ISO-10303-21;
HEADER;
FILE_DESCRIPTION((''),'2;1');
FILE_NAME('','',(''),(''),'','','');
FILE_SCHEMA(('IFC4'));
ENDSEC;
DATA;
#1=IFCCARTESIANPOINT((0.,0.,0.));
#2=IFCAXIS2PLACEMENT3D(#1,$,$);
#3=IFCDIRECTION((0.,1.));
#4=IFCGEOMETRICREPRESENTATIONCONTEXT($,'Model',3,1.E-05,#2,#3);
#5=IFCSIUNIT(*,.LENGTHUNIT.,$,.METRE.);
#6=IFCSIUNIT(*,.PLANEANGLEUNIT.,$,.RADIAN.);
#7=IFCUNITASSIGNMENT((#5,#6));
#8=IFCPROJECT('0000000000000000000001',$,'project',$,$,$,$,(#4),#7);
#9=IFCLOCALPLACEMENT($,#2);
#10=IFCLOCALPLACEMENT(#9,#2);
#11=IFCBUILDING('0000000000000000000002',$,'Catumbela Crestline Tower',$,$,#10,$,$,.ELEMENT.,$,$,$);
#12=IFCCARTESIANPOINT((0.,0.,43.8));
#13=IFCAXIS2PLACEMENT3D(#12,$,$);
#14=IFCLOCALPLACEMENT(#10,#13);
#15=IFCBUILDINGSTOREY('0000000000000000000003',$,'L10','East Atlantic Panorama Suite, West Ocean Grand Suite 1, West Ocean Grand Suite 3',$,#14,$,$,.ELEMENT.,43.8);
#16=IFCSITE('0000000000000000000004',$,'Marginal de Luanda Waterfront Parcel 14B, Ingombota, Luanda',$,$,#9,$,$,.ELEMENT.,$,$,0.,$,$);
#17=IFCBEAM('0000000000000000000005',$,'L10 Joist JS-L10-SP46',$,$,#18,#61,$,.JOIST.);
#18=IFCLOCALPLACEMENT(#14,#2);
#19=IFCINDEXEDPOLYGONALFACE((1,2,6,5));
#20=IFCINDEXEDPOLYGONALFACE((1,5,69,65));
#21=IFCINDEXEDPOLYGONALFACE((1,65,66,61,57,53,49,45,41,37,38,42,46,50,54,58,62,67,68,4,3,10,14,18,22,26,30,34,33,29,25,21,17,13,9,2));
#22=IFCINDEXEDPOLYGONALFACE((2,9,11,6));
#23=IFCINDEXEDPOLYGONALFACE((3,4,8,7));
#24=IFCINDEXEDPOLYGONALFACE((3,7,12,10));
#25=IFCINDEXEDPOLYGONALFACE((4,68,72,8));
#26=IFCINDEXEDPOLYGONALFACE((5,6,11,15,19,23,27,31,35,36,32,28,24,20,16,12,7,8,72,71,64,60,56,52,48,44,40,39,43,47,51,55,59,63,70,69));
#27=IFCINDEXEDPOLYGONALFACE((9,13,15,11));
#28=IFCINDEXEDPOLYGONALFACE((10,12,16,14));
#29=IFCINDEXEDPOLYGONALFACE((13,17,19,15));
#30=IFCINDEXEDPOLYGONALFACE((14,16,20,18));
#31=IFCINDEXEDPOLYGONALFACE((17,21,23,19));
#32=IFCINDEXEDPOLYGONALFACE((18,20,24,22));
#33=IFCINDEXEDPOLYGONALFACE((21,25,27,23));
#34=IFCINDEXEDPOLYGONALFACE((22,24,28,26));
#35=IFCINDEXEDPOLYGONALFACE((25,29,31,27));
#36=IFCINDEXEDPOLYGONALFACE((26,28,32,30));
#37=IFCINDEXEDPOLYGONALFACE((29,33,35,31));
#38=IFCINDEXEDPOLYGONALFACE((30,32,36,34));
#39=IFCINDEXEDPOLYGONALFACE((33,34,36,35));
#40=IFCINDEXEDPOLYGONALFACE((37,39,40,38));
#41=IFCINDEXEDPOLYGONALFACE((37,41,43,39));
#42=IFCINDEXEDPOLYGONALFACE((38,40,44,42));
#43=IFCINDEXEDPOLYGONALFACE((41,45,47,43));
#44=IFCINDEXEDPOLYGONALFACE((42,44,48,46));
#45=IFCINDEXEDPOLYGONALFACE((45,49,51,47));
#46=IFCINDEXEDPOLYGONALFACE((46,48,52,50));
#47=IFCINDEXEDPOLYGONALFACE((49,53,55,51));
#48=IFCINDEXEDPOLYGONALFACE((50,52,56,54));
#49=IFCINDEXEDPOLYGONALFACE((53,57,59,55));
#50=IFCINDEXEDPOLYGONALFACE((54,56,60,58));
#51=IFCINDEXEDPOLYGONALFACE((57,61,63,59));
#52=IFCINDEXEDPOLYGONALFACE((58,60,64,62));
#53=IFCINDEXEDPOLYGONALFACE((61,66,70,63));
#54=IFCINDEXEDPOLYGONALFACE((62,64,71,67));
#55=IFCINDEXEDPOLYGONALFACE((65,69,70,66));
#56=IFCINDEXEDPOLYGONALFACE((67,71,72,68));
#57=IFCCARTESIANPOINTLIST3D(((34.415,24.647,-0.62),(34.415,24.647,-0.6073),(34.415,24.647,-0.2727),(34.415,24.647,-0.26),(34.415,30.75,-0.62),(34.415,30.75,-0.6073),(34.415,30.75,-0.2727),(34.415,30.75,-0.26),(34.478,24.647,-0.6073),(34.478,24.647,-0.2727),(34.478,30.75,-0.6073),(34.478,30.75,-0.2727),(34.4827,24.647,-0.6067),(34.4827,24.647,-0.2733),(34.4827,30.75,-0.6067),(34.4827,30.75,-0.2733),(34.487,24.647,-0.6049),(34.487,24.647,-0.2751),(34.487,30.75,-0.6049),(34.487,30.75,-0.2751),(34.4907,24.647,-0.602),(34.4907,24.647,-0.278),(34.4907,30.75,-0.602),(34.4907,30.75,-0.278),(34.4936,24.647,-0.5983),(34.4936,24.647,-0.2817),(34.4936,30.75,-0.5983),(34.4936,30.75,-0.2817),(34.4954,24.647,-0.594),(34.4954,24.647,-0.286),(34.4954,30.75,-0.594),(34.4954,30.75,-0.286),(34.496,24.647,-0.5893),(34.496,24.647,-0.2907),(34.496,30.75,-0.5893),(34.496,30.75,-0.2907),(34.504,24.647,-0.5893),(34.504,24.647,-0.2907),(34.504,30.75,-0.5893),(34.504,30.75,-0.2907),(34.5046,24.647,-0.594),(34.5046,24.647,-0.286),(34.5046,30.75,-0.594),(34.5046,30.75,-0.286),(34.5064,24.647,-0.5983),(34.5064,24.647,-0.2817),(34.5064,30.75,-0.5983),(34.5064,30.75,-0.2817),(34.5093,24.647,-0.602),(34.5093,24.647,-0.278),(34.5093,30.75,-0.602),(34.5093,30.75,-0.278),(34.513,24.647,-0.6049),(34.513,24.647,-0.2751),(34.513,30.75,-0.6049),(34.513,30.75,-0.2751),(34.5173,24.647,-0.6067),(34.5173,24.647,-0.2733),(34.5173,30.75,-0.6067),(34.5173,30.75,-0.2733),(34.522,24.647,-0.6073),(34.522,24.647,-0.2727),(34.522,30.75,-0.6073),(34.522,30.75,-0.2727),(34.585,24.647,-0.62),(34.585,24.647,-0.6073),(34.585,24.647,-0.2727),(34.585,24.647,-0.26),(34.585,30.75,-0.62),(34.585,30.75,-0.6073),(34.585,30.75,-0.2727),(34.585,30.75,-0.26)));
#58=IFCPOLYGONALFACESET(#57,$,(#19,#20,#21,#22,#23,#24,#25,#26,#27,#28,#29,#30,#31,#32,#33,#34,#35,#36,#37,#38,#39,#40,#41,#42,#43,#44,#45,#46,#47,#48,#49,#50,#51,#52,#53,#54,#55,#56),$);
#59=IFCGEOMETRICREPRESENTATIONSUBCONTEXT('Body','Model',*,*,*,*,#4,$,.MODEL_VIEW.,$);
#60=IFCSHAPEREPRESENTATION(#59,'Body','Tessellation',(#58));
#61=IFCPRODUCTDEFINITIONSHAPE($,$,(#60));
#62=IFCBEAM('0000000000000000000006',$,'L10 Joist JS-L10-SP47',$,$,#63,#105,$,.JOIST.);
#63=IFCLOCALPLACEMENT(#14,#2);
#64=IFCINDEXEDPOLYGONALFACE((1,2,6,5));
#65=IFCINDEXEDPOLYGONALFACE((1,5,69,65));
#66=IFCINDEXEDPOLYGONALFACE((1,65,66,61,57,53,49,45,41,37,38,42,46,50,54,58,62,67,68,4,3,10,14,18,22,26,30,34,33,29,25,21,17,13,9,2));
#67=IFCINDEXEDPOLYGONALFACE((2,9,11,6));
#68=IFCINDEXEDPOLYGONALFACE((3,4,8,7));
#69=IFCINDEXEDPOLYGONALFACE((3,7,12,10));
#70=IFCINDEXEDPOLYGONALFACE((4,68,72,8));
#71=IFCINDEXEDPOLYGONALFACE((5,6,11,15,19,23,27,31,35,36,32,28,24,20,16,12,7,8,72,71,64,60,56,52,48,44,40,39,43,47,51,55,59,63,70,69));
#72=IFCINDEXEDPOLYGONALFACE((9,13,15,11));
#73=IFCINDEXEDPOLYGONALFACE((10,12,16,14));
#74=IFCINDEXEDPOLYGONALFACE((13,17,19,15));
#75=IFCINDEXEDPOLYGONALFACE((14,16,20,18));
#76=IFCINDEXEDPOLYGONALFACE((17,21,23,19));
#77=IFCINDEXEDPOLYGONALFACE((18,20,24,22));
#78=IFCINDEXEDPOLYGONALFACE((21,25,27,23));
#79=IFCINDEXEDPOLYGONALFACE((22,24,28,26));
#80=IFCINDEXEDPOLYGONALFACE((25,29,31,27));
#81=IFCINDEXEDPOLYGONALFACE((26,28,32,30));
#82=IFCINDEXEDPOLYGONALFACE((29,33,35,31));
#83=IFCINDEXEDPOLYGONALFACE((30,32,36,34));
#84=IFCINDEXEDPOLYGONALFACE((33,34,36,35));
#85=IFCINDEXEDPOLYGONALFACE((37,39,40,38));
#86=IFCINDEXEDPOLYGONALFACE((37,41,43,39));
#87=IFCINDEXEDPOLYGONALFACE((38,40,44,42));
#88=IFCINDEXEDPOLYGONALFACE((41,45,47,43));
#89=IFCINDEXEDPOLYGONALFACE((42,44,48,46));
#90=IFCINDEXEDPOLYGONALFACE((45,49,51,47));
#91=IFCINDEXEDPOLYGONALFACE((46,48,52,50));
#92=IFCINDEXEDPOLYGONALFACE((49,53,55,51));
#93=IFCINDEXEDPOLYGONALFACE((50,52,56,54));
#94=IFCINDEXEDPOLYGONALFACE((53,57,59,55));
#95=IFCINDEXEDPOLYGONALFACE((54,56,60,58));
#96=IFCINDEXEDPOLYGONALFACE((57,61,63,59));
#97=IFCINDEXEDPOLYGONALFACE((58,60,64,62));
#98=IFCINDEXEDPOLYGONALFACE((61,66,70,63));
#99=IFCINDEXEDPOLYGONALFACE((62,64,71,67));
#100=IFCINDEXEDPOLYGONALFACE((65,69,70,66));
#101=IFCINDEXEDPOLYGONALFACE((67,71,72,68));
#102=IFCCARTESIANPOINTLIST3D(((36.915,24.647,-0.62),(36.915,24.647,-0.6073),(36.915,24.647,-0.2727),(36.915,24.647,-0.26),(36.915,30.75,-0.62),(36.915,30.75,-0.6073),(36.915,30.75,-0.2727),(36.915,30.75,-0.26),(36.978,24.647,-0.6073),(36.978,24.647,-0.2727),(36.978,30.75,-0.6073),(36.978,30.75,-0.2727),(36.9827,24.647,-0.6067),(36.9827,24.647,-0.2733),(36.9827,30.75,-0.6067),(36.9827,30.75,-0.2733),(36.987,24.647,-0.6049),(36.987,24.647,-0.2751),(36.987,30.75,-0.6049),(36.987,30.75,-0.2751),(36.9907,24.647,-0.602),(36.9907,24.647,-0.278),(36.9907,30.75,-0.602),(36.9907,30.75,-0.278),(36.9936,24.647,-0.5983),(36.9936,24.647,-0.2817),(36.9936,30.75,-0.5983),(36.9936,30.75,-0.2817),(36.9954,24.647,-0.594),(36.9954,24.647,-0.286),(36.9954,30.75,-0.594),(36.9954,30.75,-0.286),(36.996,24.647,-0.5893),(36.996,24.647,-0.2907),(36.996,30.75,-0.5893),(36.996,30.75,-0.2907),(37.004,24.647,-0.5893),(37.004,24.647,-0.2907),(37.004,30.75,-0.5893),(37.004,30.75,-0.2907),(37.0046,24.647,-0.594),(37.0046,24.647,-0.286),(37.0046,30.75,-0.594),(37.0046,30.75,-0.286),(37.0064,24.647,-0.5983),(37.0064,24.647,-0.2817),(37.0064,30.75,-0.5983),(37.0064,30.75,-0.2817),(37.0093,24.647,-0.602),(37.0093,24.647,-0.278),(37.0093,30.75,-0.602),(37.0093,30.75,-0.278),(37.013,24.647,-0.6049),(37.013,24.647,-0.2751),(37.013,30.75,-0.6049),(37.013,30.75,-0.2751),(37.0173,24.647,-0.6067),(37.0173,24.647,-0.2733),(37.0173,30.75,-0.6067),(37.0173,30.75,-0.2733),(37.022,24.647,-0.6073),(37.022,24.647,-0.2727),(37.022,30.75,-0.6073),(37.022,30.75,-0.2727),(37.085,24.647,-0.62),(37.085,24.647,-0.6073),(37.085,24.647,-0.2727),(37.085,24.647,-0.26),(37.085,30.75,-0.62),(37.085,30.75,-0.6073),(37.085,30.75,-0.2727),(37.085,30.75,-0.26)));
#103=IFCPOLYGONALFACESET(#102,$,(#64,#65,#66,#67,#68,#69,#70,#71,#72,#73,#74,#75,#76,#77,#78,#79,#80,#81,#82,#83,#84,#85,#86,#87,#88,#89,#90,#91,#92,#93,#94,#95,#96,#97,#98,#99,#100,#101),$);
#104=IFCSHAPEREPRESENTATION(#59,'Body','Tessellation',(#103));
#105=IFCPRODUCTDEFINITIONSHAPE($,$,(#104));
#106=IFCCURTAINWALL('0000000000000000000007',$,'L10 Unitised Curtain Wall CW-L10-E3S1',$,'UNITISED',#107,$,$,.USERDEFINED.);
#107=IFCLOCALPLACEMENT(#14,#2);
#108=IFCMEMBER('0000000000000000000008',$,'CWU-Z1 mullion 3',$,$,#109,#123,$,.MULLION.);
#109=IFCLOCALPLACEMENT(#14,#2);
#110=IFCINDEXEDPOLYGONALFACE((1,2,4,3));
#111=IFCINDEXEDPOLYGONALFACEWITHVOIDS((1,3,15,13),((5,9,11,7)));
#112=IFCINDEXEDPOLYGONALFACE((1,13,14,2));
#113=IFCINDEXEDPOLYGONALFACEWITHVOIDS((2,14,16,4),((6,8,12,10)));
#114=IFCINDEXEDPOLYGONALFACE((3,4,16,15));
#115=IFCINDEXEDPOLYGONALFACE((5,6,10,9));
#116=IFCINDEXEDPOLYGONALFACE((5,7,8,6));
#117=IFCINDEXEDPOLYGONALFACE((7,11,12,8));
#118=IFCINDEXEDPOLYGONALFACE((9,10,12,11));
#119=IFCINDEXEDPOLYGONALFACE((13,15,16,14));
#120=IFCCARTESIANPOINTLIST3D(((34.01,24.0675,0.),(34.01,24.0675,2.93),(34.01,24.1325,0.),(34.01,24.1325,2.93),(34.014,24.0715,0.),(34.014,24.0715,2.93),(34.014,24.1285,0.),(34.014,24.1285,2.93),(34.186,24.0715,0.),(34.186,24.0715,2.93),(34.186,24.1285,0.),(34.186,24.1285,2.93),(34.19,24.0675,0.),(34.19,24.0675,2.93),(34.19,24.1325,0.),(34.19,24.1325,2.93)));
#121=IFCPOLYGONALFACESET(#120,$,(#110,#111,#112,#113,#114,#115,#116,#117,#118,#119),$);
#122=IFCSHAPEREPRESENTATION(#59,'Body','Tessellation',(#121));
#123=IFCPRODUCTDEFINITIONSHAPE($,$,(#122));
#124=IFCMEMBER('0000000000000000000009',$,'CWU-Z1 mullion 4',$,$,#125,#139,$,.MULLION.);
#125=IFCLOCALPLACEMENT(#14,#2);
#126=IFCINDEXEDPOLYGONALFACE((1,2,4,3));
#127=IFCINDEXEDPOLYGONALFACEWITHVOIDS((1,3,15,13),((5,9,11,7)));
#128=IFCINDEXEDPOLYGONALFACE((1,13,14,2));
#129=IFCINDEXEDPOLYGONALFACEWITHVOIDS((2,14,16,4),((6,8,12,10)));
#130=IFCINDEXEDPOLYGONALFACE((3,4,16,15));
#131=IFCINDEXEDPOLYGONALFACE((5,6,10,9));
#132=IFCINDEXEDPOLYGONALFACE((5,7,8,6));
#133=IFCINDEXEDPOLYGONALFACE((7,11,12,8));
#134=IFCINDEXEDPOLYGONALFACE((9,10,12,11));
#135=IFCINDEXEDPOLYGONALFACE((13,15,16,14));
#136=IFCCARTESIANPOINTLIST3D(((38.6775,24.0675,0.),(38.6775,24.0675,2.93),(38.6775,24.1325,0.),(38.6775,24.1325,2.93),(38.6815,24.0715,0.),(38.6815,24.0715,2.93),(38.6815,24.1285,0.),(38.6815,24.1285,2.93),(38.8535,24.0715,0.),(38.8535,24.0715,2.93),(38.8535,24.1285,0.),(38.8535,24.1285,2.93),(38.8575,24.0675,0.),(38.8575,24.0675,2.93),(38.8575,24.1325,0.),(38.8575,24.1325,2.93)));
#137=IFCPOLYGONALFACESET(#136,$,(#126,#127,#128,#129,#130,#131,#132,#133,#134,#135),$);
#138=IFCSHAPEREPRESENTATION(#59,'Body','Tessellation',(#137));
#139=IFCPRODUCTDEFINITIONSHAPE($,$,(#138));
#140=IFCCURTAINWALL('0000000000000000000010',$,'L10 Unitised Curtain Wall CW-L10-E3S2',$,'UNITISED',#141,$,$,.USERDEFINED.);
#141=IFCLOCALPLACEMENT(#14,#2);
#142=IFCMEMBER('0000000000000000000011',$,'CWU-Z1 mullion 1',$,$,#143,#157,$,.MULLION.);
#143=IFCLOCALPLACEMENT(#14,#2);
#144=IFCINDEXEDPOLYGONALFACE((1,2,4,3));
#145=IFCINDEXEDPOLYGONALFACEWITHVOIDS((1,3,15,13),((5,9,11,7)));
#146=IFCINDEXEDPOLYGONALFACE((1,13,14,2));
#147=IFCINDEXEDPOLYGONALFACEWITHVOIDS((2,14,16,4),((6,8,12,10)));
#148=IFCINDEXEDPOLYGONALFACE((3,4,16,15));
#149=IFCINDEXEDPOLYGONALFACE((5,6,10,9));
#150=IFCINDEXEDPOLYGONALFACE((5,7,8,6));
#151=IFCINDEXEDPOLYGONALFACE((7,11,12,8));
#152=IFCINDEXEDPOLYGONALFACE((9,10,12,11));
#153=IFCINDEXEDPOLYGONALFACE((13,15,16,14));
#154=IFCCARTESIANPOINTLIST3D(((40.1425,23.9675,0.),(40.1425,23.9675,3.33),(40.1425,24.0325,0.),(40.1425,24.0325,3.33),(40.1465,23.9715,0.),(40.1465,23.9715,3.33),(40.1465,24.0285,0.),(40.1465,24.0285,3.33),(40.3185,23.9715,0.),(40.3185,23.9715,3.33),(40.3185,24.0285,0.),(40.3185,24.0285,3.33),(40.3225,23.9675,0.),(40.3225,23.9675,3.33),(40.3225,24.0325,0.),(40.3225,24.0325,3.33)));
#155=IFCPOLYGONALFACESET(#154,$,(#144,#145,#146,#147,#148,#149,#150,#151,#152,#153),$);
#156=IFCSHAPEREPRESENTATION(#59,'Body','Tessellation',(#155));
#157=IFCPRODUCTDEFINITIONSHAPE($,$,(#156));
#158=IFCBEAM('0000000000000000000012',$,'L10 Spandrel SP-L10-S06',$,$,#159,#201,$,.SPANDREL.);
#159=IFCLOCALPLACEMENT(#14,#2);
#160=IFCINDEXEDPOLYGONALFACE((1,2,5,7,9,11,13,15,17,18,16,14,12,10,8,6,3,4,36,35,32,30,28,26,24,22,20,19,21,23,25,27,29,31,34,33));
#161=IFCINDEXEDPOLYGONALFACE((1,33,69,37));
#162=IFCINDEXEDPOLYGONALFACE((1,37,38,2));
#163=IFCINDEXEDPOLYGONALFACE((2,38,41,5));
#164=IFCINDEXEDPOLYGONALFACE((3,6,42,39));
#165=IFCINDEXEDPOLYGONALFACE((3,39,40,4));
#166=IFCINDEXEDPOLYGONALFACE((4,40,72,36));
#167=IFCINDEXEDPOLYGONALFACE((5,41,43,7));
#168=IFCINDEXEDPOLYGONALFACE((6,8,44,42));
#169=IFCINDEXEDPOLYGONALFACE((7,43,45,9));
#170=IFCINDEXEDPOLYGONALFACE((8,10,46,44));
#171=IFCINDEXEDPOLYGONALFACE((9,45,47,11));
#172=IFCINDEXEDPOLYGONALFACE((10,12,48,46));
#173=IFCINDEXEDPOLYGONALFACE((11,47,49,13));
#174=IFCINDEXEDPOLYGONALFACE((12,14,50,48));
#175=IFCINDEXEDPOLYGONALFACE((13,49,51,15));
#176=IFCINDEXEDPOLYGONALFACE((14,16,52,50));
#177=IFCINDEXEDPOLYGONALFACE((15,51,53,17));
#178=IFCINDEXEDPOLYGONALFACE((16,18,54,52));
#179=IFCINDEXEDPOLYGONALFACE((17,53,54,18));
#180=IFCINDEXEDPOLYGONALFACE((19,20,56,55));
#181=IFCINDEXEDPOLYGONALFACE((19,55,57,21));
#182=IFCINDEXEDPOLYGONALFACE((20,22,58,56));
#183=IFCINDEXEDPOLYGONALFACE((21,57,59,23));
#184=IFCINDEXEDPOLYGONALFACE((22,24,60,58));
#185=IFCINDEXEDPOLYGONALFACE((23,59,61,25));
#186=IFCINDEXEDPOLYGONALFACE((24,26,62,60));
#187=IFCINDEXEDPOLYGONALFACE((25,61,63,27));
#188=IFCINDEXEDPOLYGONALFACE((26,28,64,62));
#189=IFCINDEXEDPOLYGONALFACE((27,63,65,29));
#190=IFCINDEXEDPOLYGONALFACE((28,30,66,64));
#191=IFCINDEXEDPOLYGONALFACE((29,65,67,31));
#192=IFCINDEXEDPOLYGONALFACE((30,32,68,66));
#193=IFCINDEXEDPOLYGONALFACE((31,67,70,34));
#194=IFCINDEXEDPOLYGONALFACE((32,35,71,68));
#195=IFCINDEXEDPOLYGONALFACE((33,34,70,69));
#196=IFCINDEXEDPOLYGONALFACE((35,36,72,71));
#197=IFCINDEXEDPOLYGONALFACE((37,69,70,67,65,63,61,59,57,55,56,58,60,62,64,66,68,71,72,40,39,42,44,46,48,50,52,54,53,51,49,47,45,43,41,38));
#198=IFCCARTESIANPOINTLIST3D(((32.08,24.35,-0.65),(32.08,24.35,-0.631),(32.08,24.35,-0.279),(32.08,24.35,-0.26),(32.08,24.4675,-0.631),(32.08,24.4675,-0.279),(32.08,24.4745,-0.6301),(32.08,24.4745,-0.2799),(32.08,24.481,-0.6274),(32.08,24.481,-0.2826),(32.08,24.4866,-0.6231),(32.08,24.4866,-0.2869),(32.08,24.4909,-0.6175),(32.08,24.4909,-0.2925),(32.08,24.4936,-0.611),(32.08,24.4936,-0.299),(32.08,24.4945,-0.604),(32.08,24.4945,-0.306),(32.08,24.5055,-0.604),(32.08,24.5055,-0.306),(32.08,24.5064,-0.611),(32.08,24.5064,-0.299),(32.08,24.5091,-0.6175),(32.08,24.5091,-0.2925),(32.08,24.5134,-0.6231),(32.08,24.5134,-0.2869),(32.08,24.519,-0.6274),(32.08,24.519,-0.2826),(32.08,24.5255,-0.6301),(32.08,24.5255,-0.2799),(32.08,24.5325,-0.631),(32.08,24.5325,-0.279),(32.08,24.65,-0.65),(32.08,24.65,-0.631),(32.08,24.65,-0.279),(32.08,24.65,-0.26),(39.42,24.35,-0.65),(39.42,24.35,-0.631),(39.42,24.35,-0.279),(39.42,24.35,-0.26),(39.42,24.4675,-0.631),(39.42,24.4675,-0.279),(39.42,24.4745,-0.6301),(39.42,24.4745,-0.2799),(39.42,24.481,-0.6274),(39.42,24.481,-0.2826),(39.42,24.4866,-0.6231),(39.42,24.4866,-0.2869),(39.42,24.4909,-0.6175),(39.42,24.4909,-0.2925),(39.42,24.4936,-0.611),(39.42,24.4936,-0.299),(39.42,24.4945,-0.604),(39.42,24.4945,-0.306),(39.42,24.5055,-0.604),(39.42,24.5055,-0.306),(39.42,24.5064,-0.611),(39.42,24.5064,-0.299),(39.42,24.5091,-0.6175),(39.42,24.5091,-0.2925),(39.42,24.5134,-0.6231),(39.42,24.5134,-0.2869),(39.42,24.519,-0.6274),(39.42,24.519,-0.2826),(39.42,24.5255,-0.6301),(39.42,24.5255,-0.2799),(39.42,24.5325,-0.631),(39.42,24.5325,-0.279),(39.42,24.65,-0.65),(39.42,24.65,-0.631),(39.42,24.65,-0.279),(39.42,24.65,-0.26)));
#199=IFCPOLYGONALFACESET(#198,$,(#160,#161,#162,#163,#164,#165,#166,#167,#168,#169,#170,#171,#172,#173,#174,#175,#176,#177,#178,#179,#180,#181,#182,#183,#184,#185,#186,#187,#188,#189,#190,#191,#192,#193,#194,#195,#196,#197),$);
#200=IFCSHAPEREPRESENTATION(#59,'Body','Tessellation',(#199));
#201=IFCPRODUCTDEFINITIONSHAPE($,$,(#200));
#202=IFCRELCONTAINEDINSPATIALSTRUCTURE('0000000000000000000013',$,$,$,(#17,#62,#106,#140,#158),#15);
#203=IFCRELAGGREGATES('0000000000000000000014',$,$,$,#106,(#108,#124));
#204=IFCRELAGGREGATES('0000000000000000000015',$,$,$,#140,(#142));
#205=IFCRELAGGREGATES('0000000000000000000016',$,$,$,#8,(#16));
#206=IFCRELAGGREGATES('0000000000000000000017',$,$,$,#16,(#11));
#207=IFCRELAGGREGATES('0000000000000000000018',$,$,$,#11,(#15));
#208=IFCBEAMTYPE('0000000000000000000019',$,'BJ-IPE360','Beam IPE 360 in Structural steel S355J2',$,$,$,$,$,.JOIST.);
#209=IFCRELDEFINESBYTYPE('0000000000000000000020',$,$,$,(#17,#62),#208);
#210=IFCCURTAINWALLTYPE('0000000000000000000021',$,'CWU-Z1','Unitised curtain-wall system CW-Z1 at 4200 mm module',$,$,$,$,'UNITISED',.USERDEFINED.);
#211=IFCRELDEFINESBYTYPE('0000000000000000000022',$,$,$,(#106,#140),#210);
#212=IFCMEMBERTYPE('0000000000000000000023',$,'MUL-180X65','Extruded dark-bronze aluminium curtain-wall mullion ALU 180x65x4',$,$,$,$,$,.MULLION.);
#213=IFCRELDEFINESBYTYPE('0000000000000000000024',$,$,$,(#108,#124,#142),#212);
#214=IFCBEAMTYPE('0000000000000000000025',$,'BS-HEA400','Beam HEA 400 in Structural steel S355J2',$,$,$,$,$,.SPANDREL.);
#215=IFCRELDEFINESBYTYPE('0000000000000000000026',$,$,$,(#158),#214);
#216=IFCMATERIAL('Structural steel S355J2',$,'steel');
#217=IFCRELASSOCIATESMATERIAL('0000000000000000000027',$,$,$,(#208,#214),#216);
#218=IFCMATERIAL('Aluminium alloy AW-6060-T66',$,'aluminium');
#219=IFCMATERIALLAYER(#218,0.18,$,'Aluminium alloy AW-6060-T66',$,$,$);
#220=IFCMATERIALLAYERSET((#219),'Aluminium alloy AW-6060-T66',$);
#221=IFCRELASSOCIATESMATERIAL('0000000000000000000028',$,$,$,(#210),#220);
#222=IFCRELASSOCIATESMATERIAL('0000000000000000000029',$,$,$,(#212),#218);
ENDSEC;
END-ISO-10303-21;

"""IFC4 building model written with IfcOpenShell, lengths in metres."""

from ifc_helpers import new_model, si_unit, direction, frame, origin, origin_2d, place, context, subcontext, project, spatial, hollow_rectangle, i_section, extrude, material, layer, layer_set, material_profile, profile_set, type_object, element, aggregate, save


model = new_model("IFC4")

# Units and contexts
model_context = context("Model", 3, precision=1e-05, world=origin(), true_north=direction((0.0, 1.0)))
body_context = subcontext(model_context, "Body", "Model", "MODEL_VIEW")
ifc_project = project(units=[si_unit("LENGTHUNIT", "METRE"), si_unit("PLANEANGLEUNIT", "RADIAN")], contexts=[model_context])

# Site, building, storey
site_placement = place(None, origin())
site = spatial("IfcSite", under=ifc_project, at=site_placement, Name="Marginal de Luanda Waterfront Parcel 14B, Ingombota, Luanda", CompositionType="ELEMENT", RefElevation=0.0)
building_placement = place(site_placement, origin())
building = spatial("IfcBuilding", under=site, at=building_placement, Name="Catumbela Crestline Tower", CompositionType="ELEMENT")
storey_placement = place(building_placement, frame((0.0, 0.0, 43.8)))
storey = spatial("IfcBuildingStorey", under=building, at=storey_placement, Name="L10", Description="East Atlantic Panorama Suite, West Ocean Grand Suite 1, West Ocean Grand Suite 3", CompositionType="ELEMENT", Elevation=43.8)

# Beams
ifc_material_1 = material(Name="Structural steel S355J2", Category="steel")
ifc_material_profile_1 = material_profile(ifc_material_1, i_section(OverallWidth=0.17, OverallDepth=0.36, WebThickness=0.008, FlangeThickness=0.0127, FilletRadius=0.018, at=origin_2d()), Name="IPE 360")
ifc_profile_set_1 = profile_set([ifc_material_profile_1], Name="Structural steel S355J2")
beam_type_1 = type_object("IfcBeamType", Name="BJ-IPE360", Description="Beam IPE 360 in Structural steel S355J2", PredefinedType="JOIST", material=ifc_profile_set_1)
for number, where, z_axis, x_axis, name in (
    (1, (34.5, 24.647, -0.44), (0.0, 1.0, 0.0), (-1.0, 0.0, 0.0), "L10 Joist JS-L10-SP46"),
    (2, (37.0, 24.647, -0.44), (0.0, 1.0, 0.0), (-1.0, 0.0, 0.0), "L10 Joist JS-L10-SP47"),
):
    element("IfcBeam", number, at=place(storey_placement, frame(where, z_axis=z_axis, x_axis=x_axis)), inside=storey, type_object=beam_type_1, Name=name, PredefinedType="JOIST", context=body_context, shape_type="SweptSolid", body=[
        extrude(i_section(OverallWidth=0.17, OverallDepth=0.36, WebThickness=0.008, FlangeThickness=0.0127, FilletRadius=0.018, at=origin_2d()), origin(), (0.0, 0.0, 1.0), 6.103),
    ])

# Curtain wall, members
ifc_material_2 = material(Name="Aluminium alloy AW-6060-T66", Category="aluminium")
ifc_layer_1 = layer(ifc_material_2, 0.18, Name="Aluminium alloy AW-6060-T66")
ifc_layer_set_1 = layer_set([ifc_layer_1], Name="Aluminium alloy AW-6060-T66")
curtain_wall_type = type_object("IfcCurtainWallType", Name="CWU-Z1", Description="Unitised curtain-wall system CW-Z1 at 4200 mm module", ElementType="UNITISED", PredefinedType="USERDEFINED", material=ifc_layer_set_1)
curtain_wall_1_placement = place(storey_placement, origin())
curtain_wall_1 = element("IfcCurtainWall", 3, at=curtain_wall_1_placement, inside=storey, type_object=curtain_wall_type, Name="L10 Unitised Curtain Wall CW-L10-E3S1", ObjectType="UNITISED", PredefinedType="USERDEFINED")
ifc_material_profile_2 = material_profile(ifc_material_2, hollow_rectangle(XDim=0.065, YDim=0.18, WallThickness=0.004, at=origin_2d()), Name="ALU 180x65x4")
ifc_profile_set_2 = profile_set([ifc_material_profile_2], Name="Aluminium alloy AW-6060-T66")
member_type_1 = type_object("IfcMemberType", Name="MUL-180X65", Description="Extruded dark-bronze aluminium curtain-wall mullion ALU 180x65x4", PredefinedType="MULLION", material=ifc_profile_set_2)
member_1_placement = place(storey_placement, frame((34.1, 24.1, 0.0), z_axis=(0.0, 0.0, 1.0), x_axis=(0.0, 1.0, 0.0)))
member_1 = element("IfcMember", 4, at=member_1_placement, type_object=member_type_1, Name="CWU-Z1 mullion 3", PredefinedType="MULLION", context=body_context, shape_type="SweptSolid", body=[
    extrude(hollow_rectangle(XDim=0.065, YDim=0.18, WallThickness=0.004, at=origin_2d()), origin(), (0.0, 0.0, 1.0), 2.93),
])
member_2_placement = place(storey_placement, frame((38.7675, 24.1, 0.0), z_axis=(0.0, 0.0, 1.0), x_axis=(0.0, 1.0, 0.0)))
member_2 = element("IfcMember", 5, at=member_2_placement, type_object=member_type_1, Name="CWU-Z1 mullion 4", PredefinedType="MULLION", context=body_context, shape_type="SweptSolid", body=[
    extrude(hollow_rectangle(XDim=0.065, YDim=0.18, WallThickness=0.004, at=origin_2d()), origin(), (0.0, 0.0, 1.0), 2.93),
])

# Curtain wall, member
curtain_wall_2_placement = place(storey_placement, origin())
curtain_wall_2 = element("IfcCurtainWall", 6, at=curtain_wall_2_placement, inside=storey, type_object=curtain_wall_type, Name="L10 Unitised Curtain Wall CW-L10-E3S2", ObjectType="UNITISED", PredefinedType="USERDEFINED")
member_3_placement = place(storey_placement, frame((40.2325, 24.0, 0.0), z_axis=(0.0, 0.0, 1.0), x_axis=(0.0, 1.0, 0.0)))
member_3 = element("IfcMember", 7, at=member_3_placement, type_object=member_type_1, Name="CWU-Z1 mullion 1", PredefinedType="MULLION", context=body_context, shape_type="SweptSolid", body=[
    extrude(hollow_rectangle(XDim=0.065, YDim=0.18, WallThickness=0.004, at=origin_2d()), origin(), (0.0, 0.0, 1.0), 3.33),
])

# Beam
ifc_material_profile_3 = material_profile(ifc_material_1, i_section(OverallWidth=0.3, OverallDepth=0.39, WebThickness=0.011, FlangeThickness=0.019, FilletRadius=0.027, at=origin_2d()), Name="HEA 400")
ifc_profile_set_3 = profile_set([ifc_material_profile_3], Name="Structural steel S355J2")
beam_type_2 = type_object("IfcBeamType", Name="BS-HEA400", Description="Beam HEA 400 in Structural steel S355J2", PredefinedType="SPANDREL", material=ifc_profile_set_3)
beam_1_placement = place(storey_placement, frame((32.08, 24.5, -0.455), z_axis=(1.0, 0.0, 0.0), x_axis=(0.0, 1.0, 0.0)))
element("IfcBeam", 8, at=beam_1_placement, inside=storey, type_object=beam_type_2, Name="L10 Spandrel SP-L10-S06", PredefinedType="SPANDREL", context=body_context, shape_type="SweptSolid", body=[
    extrude(i_section(OverallWidth=0.3, OverallDepth=0.39, WebThickness=0.011, FlangeThickness=0.019, FilletRadius=0.027, at=origin_2d()), origin(), (0.0, 0.0, 1.0), 7.34),
])

aggregate(curtain_wall_1, [member_1, member_2])
aggregate(curtain_wall_2, [member_3])

save(model, "model.ifc")
